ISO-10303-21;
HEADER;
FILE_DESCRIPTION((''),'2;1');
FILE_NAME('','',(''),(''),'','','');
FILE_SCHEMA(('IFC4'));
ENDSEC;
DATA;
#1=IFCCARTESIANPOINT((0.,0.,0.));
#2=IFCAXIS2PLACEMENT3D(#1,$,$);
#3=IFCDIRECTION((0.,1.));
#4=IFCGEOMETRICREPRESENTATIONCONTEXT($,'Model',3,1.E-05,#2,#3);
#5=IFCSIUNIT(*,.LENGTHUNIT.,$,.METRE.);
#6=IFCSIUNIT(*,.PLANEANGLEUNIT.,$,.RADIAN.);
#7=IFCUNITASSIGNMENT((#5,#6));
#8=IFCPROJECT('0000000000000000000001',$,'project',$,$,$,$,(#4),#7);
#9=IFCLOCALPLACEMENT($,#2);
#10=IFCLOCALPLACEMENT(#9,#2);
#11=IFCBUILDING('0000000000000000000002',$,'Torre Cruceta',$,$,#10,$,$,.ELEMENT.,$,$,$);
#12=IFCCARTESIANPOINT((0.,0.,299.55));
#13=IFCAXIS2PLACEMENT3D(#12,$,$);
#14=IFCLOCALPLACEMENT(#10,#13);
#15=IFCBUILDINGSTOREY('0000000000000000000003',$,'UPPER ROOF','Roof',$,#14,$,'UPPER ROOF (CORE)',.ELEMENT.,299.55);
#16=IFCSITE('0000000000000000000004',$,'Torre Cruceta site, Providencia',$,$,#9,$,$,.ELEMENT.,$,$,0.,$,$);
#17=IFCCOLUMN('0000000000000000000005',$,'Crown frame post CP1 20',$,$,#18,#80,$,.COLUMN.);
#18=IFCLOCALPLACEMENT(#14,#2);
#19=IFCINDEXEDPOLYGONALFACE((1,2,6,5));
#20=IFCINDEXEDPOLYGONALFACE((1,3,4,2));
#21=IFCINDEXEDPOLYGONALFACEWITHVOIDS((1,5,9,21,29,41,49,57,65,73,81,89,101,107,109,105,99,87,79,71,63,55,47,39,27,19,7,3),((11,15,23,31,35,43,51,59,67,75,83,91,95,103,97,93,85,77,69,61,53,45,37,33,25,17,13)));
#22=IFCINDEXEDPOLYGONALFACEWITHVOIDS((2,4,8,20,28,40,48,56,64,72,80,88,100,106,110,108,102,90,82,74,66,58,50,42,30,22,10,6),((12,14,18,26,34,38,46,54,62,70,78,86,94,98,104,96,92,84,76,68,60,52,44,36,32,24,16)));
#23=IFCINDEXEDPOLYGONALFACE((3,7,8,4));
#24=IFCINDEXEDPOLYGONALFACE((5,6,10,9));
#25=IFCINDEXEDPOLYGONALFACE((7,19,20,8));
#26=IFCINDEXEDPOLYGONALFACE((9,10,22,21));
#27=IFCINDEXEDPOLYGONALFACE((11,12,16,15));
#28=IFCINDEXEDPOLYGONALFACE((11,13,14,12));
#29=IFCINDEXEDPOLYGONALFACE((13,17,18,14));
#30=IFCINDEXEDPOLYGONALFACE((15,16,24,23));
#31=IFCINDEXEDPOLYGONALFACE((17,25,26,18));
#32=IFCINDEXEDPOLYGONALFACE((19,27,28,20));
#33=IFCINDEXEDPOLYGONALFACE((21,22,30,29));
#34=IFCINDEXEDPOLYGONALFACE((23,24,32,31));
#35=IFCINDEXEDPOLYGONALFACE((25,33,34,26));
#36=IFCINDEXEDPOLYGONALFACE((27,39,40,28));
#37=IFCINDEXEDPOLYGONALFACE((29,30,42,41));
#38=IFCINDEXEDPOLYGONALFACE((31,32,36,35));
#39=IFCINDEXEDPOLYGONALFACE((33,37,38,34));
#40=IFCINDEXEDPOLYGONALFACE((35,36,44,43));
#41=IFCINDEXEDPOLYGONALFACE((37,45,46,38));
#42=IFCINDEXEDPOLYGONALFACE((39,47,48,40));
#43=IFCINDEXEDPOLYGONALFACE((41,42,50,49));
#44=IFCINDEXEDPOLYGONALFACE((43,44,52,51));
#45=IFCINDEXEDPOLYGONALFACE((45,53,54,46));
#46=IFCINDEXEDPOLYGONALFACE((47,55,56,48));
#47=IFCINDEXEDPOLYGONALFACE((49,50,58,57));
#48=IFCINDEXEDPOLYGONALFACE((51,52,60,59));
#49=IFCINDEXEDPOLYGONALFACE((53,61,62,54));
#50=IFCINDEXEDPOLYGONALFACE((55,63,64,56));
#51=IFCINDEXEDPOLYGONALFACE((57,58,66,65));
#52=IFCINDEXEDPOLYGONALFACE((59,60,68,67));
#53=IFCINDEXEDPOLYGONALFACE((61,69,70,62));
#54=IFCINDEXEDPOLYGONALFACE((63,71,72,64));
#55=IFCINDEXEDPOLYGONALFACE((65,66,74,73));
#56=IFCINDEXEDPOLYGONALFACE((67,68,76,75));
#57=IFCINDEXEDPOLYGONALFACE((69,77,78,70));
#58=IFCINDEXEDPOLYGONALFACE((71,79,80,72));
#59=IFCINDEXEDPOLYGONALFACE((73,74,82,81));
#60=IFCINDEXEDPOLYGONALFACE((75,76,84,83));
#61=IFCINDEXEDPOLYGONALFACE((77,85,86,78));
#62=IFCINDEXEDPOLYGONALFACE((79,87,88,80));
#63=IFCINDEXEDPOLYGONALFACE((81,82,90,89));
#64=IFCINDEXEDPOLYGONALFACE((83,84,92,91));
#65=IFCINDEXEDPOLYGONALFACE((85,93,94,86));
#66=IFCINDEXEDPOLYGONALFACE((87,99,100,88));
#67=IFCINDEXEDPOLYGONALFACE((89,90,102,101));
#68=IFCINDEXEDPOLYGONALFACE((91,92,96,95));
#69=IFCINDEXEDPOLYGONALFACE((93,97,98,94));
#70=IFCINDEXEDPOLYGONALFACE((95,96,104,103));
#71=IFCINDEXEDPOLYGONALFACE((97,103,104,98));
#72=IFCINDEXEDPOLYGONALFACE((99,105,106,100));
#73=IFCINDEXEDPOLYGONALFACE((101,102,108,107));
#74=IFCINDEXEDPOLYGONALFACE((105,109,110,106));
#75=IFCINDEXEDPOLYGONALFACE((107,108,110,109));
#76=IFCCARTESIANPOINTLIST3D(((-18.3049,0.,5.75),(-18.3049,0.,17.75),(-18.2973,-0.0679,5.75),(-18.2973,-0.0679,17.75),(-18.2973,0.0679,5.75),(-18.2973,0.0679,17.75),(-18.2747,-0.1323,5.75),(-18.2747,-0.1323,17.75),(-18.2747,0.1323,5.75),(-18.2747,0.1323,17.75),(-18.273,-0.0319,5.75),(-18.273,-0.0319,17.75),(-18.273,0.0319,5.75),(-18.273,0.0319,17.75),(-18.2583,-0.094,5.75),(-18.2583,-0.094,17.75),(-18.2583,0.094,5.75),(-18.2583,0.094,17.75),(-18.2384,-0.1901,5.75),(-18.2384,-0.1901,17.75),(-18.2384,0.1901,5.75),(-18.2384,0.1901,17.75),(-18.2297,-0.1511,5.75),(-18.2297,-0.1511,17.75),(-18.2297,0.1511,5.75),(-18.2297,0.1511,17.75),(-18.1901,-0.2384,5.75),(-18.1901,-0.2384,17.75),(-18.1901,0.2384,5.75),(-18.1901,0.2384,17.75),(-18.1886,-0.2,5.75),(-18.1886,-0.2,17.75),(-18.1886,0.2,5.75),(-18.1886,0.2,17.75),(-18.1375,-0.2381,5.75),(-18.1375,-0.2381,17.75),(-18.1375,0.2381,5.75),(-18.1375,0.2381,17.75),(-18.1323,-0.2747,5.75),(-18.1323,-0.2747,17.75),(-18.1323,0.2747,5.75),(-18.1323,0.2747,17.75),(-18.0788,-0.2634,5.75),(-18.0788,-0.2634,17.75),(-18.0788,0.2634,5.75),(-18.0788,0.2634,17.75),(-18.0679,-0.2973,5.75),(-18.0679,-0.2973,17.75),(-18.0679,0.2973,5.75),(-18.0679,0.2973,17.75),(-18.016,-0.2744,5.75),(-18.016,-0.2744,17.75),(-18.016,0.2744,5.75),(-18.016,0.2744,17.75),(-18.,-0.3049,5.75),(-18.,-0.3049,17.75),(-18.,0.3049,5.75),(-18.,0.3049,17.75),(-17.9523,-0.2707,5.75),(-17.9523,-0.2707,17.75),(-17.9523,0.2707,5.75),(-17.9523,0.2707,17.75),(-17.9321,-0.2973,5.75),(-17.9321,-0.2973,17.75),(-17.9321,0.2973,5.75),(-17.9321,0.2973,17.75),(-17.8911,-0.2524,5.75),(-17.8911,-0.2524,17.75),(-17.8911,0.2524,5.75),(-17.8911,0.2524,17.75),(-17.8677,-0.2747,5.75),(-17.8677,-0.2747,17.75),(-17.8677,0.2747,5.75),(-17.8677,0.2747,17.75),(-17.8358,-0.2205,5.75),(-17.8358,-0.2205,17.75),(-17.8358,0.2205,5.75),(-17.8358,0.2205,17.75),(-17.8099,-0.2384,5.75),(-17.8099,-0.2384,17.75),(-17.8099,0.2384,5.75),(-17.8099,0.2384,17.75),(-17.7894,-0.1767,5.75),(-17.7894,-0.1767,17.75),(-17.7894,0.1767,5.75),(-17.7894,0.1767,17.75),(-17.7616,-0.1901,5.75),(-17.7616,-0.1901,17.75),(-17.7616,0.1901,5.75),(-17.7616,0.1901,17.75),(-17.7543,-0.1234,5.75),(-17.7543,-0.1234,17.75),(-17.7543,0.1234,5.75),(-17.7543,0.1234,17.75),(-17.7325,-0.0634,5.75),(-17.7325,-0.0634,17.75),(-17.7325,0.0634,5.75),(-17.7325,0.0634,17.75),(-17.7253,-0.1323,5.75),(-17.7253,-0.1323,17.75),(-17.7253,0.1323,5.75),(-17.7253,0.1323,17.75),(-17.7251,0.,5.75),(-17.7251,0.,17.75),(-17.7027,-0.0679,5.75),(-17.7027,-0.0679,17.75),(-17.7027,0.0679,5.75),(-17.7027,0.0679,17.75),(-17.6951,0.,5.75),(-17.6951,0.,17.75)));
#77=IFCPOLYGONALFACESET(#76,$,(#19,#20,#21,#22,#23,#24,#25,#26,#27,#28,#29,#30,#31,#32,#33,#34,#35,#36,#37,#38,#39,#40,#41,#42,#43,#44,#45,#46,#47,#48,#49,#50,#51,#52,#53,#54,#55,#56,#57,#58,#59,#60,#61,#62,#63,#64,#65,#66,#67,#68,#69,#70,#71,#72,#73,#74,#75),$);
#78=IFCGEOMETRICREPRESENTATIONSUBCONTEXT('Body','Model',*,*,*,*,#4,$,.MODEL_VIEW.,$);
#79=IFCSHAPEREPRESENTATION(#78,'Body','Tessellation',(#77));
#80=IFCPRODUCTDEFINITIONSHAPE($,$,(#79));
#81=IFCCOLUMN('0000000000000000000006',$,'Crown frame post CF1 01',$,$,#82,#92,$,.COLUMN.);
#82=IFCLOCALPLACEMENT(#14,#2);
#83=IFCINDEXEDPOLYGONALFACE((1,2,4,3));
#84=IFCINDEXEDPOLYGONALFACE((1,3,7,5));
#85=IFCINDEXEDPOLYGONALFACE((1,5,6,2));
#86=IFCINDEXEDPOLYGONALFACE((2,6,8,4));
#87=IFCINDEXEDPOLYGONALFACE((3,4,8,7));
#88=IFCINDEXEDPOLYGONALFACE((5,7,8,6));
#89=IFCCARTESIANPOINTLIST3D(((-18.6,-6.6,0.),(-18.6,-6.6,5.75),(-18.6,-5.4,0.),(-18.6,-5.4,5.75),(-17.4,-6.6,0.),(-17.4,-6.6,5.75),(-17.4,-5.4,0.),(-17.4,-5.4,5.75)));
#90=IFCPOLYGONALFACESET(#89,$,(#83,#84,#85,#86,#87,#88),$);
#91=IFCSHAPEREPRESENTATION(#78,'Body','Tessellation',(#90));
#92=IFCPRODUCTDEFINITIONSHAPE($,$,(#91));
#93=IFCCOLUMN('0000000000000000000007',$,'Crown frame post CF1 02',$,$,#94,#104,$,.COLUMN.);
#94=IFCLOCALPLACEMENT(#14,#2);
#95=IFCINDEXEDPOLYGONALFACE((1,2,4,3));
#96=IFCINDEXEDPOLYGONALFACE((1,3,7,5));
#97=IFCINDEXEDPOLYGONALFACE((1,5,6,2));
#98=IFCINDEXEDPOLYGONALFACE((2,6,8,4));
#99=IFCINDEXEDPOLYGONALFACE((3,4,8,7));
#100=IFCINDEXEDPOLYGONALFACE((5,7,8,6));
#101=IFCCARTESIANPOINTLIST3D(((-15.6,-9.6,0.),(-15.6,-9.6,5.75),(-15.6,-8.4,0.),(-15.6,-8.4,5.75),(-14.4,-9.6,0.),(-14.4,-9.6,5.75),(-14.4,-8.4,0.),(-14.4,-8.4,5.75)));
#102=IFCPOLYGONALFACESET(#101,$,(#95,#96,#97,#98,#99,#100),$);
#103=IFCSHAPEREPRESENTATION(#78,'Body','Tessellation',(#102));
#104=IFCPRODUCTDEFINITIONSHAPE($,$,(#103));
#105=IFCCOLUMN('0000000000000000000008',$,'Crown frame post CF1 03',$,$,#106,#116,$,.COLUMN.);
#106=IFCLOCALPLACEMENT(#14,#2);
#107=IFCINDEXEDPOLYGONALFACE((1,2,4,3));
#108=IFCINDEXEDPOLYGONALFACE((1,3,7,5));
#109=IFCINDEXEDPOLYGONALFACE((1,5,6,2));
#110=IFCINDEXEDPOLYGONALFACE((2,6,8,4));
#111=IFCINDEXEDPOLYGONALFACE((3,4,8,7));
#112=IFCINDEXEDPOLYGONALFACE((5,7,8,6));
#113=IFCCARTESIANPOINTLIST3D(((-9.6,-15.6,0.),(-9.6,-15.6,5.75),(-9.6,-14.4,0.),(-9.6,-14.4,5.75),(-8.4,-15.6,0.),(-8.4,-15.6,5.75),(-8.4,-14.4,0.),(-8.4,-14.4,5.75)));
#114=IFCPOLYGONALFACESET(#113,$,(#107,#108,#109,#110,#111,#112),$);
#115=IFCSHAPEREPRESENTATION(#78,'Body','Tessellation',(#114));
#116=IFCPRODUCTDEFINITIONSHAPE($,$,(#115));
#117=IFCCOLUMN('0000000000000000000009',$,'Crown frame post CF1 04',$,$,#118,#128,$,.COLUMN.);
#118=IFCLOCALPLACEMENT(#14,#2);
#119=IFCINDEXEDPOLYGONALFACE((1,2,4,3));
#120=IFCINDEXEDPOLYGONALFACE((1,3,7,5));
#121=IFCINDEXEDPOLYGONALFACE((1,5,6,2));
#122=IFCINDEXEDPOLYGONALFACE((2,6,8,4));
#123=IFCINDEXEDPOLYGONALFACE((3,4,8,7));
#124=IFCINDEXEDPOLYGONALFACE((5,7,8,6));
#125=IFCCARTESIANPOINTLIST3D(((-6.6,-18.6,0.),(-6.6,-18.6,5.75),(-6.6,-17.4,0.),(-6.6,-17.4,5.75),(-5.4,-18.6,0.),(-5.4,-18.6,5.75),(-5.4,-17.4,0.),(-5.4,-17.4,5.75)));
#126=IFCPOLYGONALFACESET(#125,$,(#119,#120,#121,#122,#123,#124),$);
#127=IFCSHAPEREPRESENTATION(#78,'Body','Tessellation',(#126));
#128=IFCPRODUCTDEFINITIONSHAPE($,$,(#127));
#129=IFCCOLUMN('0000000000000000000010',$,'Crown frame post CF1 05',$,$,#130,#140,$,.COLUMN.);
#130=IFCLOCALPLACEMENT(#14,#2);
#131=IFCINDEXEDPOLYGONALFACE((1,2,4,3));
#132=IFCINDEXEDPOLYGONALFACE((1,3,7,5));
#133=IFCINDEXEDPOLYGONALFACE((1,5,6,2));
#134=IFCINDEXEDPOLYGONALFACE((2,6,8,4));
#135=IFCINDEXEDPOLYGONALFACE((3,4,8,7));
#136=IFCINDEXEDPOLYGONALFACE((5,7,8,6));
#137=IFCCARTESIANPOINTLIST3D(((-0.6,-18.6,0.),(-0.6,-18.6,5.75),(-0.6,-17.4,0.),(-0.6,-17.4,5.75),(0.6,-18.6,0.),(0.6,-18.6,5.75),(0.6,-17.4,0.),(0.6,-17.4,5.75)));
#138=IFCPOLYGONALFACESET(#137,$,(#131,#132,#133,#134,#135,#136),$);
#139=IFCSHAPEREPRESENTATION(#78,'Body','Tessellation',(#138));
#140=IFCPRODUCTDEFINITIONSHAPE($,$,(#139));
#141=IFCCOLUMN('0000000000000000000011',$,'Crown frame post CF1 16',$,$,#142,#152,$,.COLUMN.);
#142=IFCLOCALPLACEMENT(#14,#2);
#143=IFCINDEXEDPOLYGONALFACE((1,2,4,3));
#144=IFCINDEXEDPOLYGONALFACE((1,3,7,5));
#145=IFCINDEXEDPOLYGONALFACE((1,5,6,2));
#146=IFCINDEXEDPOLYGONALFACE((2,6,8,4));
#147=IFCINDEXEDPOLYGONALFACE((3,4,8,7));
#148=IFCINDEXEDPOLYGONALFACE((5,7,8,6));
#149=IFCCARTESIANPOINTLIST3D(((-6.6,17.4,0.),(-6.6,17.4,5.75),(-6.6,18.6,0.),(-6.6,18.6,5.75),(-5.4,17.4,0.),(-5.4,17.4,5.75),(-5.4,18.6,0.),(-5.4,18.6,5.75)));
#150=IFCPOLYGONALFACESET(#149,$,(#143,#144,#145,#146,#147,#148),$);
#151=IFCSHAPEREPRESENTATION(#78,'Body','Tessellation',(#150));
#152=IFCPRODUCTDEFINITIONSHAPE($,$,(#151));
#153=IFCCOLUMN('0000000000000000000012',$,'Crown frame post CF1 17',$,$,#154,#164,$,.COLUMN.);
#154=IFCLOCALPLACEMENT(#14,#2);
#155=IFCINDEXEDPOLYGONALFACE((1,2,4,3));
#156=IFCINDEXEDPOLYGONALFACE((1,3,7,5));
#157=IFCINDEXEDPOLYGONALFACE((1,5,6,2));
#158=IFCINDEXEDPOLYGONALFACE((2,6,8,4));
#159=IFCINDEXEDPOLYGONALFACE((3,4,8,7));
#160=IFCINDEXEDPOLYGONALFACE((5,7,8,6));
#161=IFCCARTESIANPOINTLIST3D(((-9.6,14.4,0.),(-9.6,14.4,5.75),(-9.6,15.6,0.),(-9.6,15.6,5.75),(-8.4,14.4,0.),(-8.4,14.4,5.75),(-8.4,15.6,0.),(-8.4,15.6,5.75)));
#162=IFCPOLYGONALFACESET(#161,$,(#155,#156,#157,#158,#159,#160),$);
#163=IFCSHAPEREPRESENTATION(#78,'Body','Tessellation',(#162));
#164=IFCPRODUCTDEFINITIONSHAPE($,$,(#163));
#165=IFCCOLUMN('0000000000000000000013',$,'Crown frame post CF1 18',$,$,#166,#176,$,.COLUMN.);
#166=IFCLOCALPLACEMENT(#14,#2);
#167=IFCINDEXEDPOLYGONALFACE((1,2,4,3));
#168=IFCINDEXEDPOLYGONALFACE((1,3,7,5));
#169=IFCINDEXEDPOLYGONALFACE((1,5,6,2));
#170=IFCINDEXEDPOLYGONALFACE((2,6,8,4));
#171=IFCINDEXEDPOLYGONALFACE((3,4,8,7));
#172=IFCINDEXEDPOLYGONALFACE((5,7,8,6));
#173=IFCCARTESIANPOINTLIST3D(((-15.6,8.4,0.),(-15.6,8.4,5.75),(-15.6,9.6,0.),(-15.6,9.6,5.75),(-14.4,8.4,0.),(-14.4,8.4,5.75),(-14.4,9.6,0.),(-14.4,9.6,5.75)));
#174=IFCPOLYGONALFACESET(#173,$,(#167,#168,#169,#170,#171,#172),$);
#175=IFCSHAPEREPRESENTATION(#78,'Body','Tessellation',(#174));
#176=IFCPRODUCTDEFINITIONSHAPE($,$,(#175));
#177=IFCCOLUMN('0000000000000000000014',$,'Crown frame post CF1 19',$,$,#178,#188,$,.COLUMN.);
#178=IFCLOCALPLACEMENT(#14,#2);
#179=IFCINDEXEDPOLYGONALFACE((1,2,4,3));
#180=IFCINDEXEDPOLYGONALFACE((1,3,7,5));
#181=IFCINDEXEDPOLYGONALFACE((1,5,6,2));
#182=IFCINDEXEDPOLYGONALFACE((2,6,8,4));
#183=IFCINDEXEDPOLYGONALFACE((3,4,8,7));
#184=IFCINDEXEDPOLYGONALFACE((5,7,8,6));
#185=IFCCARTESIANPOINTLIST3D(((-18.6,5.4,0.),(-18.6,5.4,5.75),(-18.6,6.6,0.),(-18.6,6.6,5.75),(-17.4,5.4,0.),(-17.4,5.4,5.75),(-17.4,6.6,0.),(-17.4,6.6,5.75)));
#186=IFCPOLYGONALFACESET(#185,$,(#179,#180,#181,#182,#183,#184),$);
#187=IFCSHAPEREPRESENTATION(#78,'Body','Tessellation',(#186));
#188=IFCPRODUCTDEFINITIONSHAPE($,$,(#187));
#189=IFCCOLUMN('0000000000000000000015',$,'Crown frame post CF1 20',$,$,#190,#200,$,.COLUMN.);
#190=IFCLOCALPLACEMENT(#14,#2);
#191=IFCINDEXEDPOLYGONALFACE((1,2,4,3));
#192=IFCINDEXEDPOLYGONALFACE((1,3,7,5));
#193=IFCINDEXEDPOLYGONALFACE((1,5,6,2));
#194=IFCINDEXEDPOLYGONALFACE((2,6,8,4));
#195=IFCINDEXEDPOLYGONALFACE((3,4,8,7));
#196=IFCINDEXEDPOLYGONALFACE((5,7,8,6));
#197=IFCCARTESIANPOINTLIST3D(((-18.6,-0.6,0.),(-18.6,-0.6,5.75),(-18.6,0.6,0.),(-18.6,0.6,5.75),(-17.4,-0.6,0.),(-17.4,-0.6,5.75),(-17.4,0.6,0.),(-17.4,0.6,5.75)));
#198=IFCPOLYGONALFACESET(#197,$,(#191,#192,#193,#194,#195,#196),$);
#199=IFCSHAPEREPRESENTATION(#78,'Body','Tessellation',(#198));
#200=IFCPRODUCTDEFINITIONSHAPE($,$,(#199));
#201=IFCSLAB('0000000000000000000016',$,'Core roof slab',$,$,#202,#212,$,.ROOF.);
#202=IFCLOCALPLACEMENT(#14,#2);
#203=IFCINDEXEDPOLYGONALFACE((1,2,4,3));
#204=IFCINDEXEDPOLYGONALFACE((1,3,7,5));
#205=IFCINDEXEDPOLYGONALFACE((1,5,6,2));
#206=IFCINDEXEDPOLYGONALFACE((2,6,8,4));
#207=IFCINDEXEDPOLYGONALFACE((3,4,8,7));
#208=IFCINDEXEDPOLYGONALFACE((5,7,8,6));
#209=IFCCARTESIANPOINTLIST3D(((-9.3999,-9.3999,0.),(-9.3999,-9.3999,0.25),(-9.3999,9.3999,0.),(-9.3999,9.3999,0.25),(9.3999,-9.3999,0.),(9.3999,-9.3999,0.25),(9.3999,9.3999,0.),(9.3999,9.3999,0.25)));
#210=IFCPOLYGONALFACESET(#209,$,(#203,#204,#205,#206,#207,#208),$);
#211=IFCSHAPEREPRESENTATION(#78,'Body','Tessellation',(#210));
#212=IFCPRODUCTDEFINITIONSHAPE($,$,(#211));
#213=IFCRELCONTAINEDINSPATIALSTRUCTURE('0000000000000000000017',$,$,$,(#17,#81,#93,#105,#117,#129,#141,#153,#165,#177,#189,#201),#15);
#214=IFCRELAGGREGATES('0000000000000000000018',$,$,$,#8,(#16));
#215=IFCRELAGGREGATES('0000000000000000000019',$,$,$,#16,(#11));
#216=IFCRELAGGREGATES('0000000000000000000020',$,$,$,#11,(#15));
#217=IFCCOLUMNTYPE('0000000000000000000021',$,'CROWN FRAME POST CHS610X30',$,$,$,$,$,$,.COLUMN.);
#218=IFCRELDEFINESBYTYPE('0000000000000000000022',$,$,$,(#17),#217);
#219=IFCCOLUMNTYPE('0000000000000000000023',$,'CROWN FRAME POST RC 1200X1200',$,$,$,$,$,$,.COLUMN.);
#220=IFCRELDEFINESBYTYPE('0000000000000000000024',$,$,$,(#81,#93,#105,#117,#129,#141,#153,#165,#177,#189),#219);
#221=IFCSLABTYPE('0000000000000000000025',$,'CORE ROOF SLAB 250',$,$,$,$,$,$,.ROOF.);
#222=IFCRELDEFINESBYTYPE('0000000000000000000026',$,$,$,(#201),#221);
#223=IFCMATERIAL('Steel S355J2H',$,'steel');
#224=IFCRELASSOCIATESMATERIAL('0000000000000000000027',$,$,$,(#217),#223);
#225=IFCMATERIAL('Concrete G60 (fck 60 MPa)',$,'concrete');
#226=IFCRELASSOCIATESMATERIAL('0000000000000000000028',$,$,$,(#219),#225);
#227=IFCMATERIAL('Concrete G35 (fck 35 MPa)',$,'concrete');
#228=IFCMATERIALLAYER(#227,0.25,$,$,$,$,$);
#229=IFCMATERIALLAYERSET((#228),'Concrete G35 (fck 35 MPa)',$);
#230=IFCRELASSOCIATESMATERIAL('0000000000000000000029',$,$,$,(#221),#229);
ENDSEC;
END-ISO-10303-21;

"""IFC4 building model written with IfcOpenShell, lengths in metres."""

from ifc_helpers import new_model, si_unit, direction, frame, origin, origin_2d, place, context, subcontext, project, spatial, polyline, rectangle, hollow_circle, outline, extrude, material, layer, layer_set, material_profile, profile_set, type_object, element, save


model = new_model("IFC4")

# Units and contexts
model_context = context("Model", 3, precision=1e-05, world=origin(), true_north=direction((0.0, 1.0)))
body_context = subcontext(model_context, "Body", "Model", "MODEL_VIEW")
ifc_project = project(units=[si_unit("LENGTHUNIT", "METRE"), si_unit("PLANEANGLEUNIT", "RADIAN")], contexts=[model_context])

# Site, building, storey
site_placement = place(None, origin())
site = spatial("IfcSite", under=ifc_project, at=site_placement, Name="Torre Cruceta site, Providencia", CompositionType="ELEMENT", RefElevation=0.0)
building_placement = place(site_placement, origin())
building = spatial("IfcBuilding", under=site, at=building_placement, Name="Torre Cruceta", CompositionType="ELEMENT")
storey_placement = place(building_placement, frame((0.0, 0.0, 299.55)))
storey = spatial("IfcBuildingStorey", under=building, at=storey_placement, Name="UPPER ROOF", Description="Roof", LongName="UPPER ROOF (CORE)", CompositionType="ELEMENT", Elevation=299.55)

# Columns
ifc_material_1 = material(Name="Steel S355J2H", Category="steel")
ifc_material_profile_1 = material_profile(ifc_material_1, hollow_circle(Radius=0.3049, WallThickness=0.03, at=origin_2d()), Name="CHS610X30")
ifc_profile_set_1 = profile_set([ifc_material_profile_1], Name="Steel S355J2H")
column_type_1 = type_object("IfcColumnType", Name="CROWN FRAME POST CHS610X30", PredefinedType="COLUMN", material=ifc_profile_set_1)
for number, where, z_axis, x_axis, name in (
    (1, (-18.0, 0.0, 5.75), (0.0, 0.0, 1.0), (1.0, 0.0, 0.0), "Crown frame post CP1 20"),
):
    element("IfcColumn", number, at=place(storey_placement, frame(where, z_axis=z_axis, x_axis=x_axis)), inside=storey, type_object=column_type_1, Name=name, PredefinedType="COLUMN", context=body_context, shape_type="SweptSolid", body=[
        extrude(hollow_circle(Radius=0.3049, WallThickness=0.03, at=origin_2d()), origin(), (0.0, 0.0, 1.0), 12.0),
    ])
ifc_material_2 = material(Name="Concrete G60 (fck 60 MPa)", Category="concrete")
ifc_material_profile_2 = material_profile(ifc_material_2, rectangle(XDim=1.2, YDim=1.2, at=origin_2d()), Name="RC 1200X1200")
ifc_profile_set_2 = profile_set([ifc_material_profile_2], Name="Concrete G60 (fck 60 MPa)")
column_type_2 = type_object("IfcColumnType", Name="CROWN FRAME POST RC 1200X1200", PredefinedType="COLUMN", material=ifc_profile_set_2)
for number, where, z_axis, x_axis, name in (
    (2, (-18.0, -6.0, 0.0), (0.0, 0.0, 1.0), (1.0, 0.0, 0.0), "Crown frame post CF1 01"),
    (3, (-15.0, -9.0, 0.0), (0.0, 0.0, 1.0), (1.0, 0.0, 0.0), "Crown frame post CF1 02"),
    (4, (-9.0, -15.0, 0.0), (0.0, 0.0, 1.0), (1.0, 0.0, 0.0), "Crown frame post CF1 03"),
    (5, (-6.0, -18.0, 0.0), (0.0, 0.0, 1.0), (1.0, 0.0, 0.0), "Crown frame post CF1 04"),
    (6, (0.0, -18.0, 0.0), (0.0, 0.0, 1.0), (1.0, 0.0, 0.0), "Crown frame post CF1 05"),
    (7, (-6.0, 18.0, 0.0), (0.0, 0.0, 1.0), (1.0, 0.0, 0.0), "Crown frame post CF1 16"),
    (8, (-9.0, 15.0, 0.0), (0.0, 0.0, 1.0), (1.0, 0.0, 0.0), "Crown frame post CF1 17"),
    (9, (-15.0, 9.0, 0.0), (0.0, 0.0, 1.0), (1.0, 0.0, 0.0), "Crown frame post CF1 18"),
    (10, (-18.0, 6.0, 0.0), (0.0, 0.0, 1.0), (1.0, 0.0, 0.0), "Crown frame post CF1 19"),
    (11, (-18.0, 0.0, 0.0), (0.0, 0.0, 1.0), (1.0, 0.0, 0.0), "Crown frame post CF1 20"),
):
    element("IfcColumn", number, at=place(storey_placement, frame(where, z_axis=z_axis, x_axis=x_axis)), inside=storey, type_object=column_type_2, Name=name, PredefinedType="COLUMN", context=body_context, shape_type="SweptSolid", body=[
        extrude(rectangle(XDim=1.2, YDim=1.2, at=origin_2d()), origin(), (0.0, 0.0, 1.0), 5.75),
    ])

# Slab
ifc_material_3 = material(Name="Concrete G35 (fck 35 MPa)", Category="concrete")
ifc_layer = layer(ifc_material_3, 0.25)
ifc_layer_set = layer_set([ifc_layer], Name="Concrete G35 (fck 35 MPa)")
slab_type = type_object("IfcSlabType", Name="CORE ROOF SLAB 250", PredefinedType="ROOF", material=ifc_layer_set)
slab_placement = place(storey_placement, origin())
element("IfcSlab", 12, at=slab_placement, inside=storey, type_object=slab_type, Name="Core roof slab", PredefinedType="ROOF", context=body_context, shape_type="SweptSolid", body=[
    extrude(outline(polyline([(-9.3999, -9.3999), (9.3999, -9.3999), (9.3999, 9.3999), (-9.3999, 9.3999), (-9.3999, -9.3999)])), origin(), (0.0, 0.0, 1.0), 0.25),
])

save(model, "model.ifc")
